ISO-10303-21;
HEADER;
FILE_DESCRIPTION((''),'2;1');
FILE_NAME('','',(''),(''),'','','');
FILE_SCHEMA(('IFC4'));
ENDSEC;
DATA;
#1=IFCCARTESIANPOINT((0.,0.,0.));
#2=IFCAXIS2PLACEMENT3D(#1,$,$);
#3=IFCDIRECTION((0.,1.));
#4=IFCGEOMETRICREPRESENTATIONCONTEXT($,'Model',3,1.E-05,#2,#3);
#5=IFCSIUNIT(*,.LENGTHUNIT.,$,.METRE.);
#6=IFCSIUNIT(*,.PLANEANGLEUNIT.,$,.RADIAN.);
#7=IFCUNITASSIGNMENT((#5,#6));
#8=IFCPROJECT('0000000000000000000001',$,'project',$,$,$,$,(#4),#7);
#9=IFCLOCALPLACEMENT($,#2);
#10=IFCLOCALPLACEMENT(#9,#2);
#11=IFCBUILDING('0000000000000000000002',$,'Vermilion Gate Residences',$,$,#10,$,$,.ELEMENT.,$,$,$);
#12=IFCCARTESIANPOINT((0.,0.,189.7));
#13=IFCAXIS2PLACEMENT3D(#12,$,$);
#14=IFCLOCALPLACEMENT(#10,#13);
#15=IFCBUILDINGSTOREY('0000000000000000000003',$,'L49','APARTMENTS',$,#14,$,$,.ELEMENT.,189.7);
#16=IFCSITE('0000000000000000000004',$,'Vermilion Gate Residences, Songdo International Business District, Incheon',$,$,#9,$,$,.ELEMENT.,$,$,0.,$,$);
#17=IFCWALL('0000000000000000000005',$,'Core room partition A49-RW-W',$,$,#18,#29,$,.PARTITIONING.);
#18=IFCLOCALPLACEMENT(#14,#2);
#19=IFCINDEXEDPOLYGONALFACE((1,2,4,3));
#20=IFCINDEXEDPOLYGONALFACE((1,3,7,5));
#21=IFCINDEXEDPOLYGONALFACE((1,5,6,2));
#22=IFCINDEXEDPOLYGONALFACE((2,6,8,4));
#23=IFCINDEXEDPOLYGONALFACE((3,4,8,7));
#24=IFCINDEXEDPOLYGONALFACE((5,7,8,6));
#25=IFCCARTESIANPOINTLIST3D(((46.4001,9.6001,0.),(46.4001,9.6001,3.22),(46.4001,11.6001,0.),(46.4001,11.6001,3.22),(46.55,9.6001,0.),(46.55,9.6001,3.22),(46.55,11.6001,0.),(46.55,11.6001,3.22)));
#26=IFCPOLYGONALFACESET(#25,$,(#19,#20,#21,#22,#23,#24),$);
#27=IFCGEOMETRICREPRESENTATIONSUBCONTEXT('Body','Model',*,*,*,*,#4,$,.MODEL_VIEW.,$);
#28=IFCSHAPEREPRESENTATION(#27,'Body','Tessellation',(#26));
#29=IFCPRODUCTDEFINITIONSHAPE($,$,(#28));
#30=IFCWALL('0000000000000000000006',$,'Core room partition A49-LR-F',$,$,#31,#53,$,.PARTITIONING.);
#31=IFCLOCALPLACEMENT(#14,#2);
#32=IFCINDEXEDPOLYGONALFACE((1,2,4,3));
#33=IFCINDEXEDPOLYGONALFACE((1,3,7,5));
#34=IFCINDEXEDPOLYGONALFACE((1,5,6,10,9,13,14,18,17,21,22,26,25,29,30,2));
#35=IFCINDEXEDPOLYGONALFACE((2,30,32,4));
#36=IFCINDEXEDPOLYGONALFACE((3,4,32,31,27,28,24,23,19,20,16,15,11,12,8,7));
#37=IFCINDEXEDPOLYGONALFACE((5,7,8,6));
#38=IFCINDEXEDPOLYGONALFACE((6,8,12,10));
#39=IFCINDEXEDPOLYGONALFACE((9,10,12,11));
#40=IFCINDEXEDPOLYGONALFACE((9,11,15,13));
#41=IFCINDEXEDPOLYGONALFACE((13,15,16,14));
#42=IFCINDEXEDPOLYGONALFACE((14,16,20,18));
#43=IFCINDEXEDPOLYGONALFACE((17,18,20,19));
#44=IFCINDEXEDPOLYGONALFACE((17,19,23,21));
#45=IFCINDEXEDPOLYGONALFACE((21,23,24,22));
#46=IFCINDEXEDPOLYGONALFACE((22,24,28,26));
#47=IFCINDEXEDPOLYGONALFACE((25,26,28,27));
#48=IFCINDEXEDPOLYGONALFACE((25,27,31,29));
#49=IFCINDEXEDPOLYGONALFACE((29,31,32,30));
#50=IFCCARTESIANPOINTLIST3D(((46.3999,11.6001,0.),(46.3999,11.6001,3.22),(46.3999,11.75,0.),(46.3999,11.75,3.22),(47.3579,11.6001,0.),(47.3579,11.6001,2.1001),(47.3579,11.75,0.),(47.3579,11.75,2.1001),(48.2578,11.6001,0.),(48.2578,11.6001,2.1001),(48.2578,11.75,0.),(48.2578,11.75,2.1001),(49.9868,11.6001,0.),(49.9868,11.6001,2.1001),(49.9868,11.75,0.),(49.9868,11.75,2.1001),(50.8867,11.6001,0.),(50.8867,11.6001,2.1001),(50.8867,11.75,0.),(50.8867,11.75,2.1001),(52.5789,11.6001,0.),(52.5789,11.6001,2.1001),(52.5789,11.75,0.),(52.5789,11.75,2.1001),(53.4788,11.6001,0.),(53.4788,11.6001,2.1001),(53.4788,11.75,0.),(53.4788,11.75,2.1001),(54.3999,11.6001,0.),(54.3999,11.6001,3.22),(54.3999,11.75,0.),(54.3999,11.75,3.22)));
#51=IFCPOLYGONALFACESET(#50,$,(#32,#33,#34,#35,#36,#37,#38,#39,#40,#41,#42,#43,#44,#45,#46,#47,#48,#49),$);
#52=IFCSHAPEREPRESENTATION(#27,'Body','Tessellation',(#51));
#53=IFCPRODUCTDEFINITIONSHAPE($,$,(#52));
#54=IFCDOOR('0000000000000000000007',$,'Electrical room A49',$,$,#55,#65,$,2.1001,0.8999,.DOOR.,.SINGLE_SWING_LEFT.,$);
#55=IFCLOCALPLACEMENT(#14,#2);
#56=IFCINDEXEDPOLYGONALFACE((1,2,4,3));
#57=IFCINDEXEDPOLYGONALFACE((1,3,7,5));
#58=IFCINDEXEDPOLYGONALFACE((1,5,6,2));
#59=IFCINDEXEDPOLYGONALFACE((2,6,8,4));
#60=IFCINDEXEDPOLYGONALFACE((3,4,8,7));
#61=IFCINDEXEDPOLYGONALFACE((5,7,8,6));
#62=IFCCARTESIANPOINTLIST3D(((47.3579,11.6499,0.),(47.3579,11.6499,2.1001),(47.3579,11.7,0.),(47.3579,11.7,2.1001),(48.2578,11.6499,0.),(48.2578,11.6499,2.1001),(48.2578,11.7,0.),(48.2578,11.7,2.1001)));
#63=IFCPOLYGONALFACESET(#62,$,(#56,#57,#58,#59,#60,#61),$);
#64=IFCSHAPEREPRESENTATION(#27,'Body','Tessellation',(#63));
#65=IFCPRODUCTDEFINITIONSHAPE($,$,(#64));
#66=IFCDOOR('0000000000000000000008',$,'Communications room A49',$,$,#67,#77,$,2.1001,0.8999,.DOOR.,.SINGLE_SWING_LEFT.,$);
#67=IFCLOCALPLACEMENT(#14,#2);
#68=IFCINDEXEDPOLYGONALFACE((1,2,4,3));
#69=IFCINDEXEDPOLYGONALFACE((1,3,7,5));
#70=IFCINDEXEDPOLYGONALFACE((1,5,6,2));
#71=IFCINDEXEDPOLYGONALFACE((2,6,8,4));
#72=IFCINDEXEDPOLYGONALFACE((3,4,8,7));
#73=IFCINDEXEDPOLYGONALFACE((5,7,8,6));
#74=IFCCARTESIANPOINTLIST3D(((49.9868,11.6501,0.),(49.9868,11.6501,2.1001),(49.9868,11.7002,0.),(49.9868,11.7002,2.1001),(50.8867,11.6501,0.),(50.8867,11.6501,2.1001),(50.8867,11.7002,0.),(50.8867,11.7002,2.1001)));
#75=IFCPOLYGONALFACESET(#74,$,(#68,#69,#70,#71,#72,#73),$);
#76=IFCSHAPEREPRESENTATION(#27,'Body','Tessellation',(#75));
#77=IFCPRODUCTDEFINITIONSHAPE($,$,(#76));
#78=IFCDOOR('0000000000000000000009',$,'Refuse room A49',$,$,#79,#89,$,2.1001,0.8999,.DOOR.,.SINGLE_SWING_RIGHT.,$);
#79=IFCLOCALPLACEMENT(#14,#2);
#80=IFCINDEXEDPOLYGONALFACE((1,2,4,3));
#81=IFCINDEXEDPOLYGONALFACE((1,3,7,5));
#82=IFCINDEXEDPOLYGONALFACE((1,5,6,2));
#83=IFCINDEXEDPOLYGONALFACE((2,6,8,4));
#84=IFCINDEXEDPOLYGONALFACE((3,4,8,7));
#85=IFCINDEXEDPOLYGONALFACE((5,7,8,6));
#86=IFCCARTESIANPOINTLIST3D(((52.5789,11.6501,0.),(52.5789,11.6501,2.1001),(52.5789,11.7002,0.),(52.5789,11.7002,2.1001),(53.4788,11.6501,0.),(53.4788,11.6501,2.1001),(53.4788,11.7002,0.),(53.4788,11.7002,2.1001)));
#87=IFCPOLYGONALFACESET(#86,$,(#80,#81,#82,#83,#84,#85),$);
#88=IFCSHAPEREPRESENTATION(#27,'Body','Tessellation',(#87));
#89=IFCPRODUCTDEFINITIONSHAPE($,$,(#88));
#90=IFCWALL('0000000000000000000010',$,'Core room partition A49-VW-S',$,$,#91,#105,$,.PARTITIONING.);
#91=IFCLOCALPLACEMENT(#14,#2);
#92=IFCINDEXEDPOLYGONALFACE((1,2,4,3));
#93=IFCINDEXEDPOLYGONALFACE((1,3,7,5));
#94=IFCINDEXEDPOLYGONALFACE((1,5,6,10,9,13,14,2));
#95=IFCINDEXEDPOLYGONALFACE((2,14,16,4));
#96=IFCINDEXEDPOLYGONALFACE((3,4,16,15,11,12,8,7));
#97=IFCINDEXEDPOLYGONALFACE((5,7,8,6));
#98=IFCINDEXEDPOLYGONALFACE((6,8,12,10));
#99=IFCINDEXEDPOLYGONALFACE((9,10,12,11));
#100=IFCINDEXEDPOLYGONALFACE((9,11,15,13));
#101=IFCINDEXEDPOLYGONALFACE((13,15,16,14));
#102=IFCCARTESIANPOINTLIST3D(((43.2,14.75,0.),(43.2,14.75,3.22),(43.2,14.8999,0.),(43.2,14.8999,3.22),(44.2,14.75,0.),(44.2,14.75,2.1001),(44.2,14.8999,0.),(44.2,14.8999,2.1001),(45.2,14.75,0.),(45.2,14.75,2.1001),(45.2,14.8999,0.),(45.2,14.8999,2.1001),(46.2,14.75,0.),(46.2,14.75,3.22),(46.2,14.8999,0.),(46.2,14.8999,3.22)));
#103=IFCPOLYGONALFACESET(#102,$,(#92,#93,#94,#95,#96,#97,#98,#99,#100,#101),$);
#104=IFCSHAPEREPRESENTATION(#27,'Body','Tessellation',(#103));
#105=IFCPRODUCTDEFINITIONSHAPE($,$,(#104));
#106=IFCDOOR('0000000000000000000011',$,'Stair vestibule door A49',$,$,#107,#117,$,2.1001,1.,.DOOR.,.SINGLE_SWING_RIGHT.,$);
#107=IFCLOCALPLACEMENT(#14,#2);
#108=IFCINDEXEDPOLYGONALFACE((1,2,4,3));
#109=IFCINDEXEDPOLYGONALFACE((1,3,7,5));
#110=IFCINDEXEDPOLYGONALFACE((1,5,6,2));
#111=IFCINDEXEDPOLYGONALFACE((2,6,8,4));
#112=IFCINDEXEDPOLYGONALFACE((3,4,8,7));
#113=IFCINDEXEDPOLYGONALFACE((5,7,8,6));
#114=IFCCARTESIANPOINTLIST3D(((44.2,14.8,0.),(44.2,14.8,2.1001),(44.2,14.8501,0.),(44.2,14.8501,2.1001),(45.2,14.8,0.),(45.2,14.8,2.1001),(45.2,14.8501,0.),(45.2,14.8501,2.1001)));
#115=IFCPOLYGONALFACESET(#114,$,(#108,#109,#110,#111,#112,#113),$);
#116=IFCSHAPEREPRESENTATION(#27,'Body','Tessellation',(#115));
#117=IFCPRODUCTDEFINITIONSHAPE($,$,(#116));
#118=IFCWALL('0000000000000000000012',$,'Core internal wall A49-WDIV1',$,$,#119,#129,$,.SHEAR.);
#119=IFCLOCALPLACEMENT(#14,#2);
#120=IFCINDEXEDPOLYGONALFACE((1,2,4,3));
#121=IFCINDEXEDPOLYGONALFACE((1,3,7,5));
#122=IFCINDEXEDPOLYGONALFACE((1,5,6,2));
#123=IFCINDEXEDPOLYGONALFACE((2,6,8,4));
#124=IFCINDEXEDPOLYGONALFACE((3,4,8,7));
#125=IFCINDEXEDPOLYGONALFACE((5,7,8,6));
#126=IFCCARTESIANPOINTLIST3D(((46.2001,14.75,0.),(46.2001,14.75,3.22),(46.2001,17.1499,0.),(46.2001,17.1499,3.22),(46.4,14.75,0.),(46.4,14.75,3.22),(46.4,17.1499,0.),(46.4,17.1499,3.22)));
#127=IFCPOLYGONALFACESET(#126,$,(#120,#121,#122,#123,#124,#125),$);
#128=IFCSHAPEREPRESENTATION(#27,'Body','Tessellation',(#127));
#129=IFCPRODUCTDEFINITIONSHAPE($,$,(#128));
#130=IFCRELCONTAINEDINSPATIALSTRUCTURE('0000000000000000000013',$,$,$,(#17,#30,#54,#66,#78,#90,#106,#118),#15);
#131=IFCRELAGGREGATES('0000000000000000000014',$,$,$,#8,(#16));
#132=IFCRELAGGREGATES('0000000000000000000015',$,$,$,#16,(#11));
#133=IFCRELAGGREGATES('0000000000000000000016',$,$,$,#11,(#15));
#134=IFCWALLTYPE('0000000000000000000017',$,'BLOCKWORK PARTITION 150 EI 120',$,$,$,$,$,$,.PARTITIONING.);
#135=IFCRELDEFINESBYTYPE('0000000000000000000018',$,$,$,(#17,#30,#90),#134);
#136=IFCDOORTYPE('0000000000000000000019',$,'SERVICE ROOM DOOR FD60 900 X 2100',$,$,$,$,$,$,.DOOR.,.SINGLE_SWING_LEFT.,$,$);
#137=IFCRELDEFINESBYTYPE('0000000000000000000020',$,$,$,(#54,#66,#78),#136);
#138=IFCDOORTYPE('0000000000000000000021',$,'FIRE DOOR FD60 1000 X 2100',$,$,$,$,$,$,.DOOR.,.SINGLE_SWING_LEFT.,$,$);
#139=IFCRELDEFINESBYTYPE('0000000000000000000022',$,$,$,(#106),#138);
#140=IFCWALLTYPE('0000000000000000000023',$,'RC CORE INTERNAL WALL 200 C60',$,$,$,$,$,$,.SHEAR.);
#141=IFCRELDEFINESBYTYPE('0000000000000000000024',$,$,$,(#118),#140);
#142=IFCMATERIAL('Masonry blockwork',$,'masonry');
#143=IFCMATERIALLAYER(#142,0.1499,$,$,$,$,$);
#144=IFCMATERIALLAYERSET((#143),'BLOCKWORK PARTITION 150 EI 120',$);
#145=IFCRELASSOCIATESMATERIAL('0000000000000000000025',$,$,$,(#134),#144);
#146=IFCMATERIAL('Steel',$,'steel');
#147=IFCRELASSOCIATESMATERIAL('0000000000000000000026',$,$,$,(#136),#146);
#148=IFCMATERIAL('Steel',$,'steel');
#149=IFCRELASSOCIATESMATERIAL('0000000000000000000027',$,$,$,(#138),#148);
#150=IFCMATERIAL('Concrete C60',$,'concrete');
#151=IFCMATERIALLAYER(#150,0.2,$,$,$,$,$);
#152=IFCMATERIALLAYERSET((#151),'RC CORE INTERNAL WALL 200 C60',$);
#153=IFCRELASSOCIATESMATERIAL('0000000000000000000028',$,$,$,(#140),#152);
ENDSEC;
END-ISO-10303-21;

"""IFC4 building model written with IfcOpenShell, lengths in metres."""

from ifc_helpers import new_model, si_unit, direction, frame, frame_2d, origin, place, context, subcontext, project, spatial, rectangle, extrude, material, layer, layer_set, type_object, element, fill, save


model = new_model("IFC4")

# Units and contexts
model_context = context("Model", 3, precision=1e-05, world=origin(), true_north=direction((0.0, 1.0)))
body_context = subcontext(model_context, "Body", "Model", "MODEL_VIEW")
ifc_project = project(units=[si_unit("LENGTHUNIT", "METRE"), si_unit("PLANEANGLEUNIT", "RADIAN")], contexts=[model_context])

# Site, building, storey
site_placement = place(None, origin())
site = spatial("IfcSite", under=ifc_project, at=site_placement, Name="Vermilion Gate Residences, Songdo International Business District, Incheon", CompositionType="ELEMENT", RefElevation=0.0)
building_placement = place(site_placement, origin())
building = spatial("IfcBuilding", under=site, at=building_placement, Name="Vermilion Gate Residences", CompositionType="ELEMENT")
storey_placement = place(building_placement, frame((0.0, 0.0, 189.7)))
storey = spatial("IfcBuildingStorey", under=building, at=storey_placement, Name="L49", Description="APARTMENTS", CompositionType="ELEMENT", Elevation=189.7)

# Wall
ifc_material_1 = material(Name="Masonry blockwork", Category="masonry")
ifc_layer_1 = layer(ifc_material_1, 0.1499)
ifc_layer_set_1 = layer_set([ifc_layer_1], Name="BLOCKWORK PARTITION 150 EI 120")
wall_type_1 = type_object("IfcWallType", Name="BLOCKWORK PARTITION 150 EI 120", PredefinedType="PARTITIONING", material=ifc_layer_set_1)
wall_1_placement = place(storey_placement, frame((46.4751, 9.6001, 0.0), z_axis=(0.0, 0.0, 1.0), x_axis=(0.0, 1.0, 0.0)))
element("IfcWall", 1, at=wall_1_placement, inside=storey, type_object=wall_type_1, Name="Core room partition A49-RW-W", PredefinedType="PARTITIONING", context=body_context, shape_type="SweptSolid", body=[
    extrude(rectangle(XDim=2.0, YDim=0.1499, at=frame_2d((1.0, 0.0))), origin(), (0.0, 0.0, 1.0), 3.22),
])

# Wall, openings, doors
wall_2_placement = place(storey_placement, frame((46.3999, 11.675, 0.0), z_axis=(0.0, 0.0, 1.0), x_axis=(1.0, 0.0, 0.0)))
wall_2 = element("IfcWall", 2, at=wall_2_placement, inside=storey, type_object=wall_type_1, Name="Core room partition A49-LR-F", PredefinedType="PARTITIONING", context=body_context, shape_type="SweptSolid", body=[
    extrude(rectangle(XDim=8.0, YDim=0.1499, at=frame_2d((4.0, 0.0))), origin(), (0.0, 0.0, 1.0), 3.22),
])
opening_1_placement = place(wall_2_placement, frame((0.958, 0.0, 0.0)))
opening_1 = element("IfcOpeningElement", 3, at=opening_1_placement, cuts=wall_2, PredefinedType="OPENING", context=body_context, shape_type="SweptSolid", body=[
    extrude(rectangle(XDim=0.8999, YDim=2.1001, at=frame_2d((0.45, 1.05))), frame((0.0, 0.085, 0.0), z_axis=(0.0, -1.0, 0.0), x_axis=(1.0, 0.0, 0.0)), (0.0, 0.0, 1.0), 0.1699),
])
opening_2_placement = place(wall_2_placement, frame((3.5869, 0.0, 0.0)))
opening_2 = element("IfcOpeningElement", 4, at=opening_2_placement, cuts=wall_2, PredefinedType="OPENING", context=body_context, shape_type="SweptSolid", body=[
    extrude(rectangle(XDim=0.8999, YDim=2.1001, at=frame_2d((0.45, 1.05))), frame((0.0, 0.085, 0.0), z_axis=(0.0, -1.0, 0.0), x_axis=(1.0, 0.0, 0.0)), (0.0, 0.0, 1.0), 0.1699),
])
opening_3_placement = place(wall_2_placement, frame((6.179, 0.0, 0.0)))
opening_3 = element("IfcOpeningElement", 5, at=opening_3_placement, cuts=wall_2, PredefinedType="OPENING", context=body_context, shape_type="SweptSolid", body=[
    extrude(rectangle(XDim=0.8999, YDim=2.1001, at=frame_2d((0.45, 1.05))), frame((0.0, 0.085, 0.0), z_axis=(0.0, -1.0, 0.0), x_axis=(1.0, 0.0, 0.0)), (0.0, 0.0, 1.0), 0.1699),
])
ifc_material_2 = material(Name="Steel", Category="steel")
door_type_1 = type_object("IfcDoorType", Name="SERVICE ROOM DOOR FD60 900 X 2100", OperationType="SINGLE_SWING_LEFT", PredefinedType="DOOR", material=ifc_material_2)
door_1_placement = place(opening_1_placement, origin())
door_1 = element("IfcDoor", 6, at=door_1_placement, inside=storey, type_object=door_type_1, Name="Electrical room A49", OperationType="SINGLE_SWING_LEFT", OverallHeight=2.1001, OverallWidth=0.8999, PredefinedType="DOOR", context=body_context, shape_type="SweptSolid", body=[
    extrude(rectangle(XDim=0.8999, YDim=2.1001, at=frame_2d((0.45, 1.05))), frame((0.0, 0.0249, 0.0), z_axis=(0.0, -1.0, 0.0), x_axis=(1.0, 0.0, 0.0)), (0.0, 0.0, 1.0), 0.05),
])
fill(opening_1, door_1)
door_2_placement = place(opening_2_placement, frame((0.8999, 0.0, 0.0), z_axis=(0.0, 0.0, 1.0), x_axis=(-1.0, 0.0, 0.0)))
door_2 = element("IfcDoor", 7, at=door_2_placement, inside=storey, type_object=door_type_1, Name="Communications room A49", OperationType="SINGLE_SWING_LEFT", OverallHeight=2.1001, OverallWidth=0.8999, PredefinedType="DOOR", context=body_context, shape_type="SweptSolid", body=[
    extrude(rectangle(XDim=0.8999, YDim=2.1001, at=frame_2d((0.45, 1.05))), frame((0.0, 0.0249, 0.0), z_axis=(0.0, -1.0, 0.0), x_axis=(1.0, 0.0, 0.0)), (0.0, 0.0, 1.0), 0.05),
])
fill(opening_2, door_2)
door_3_placement = place(opening_3_placement, frame((0.8999, 0.0, 0.0), z_axis=(0.0, 0.0, 1.0), x_axis=(-1.0, 0.0, 0.0)))
door_3 = element("IfcDoor", 8, at=door_3_placement, inside=storey, type_object=door_type_1, Name="Refuse room A49", OperationType="SINGLE_SWING_RIGHT", OverallHeight=2.1001, OverallWidth=0.8999, PredefinedType="DOOR", context=body_context, shape_type="SweptSolid", body=[
    extrude(rectangle(XDim=0.8999, YDim=2.1001, at=frame_2d((0.45, 1.05))), frame((0.0, 0.0249, 0.0), z_axis=(0.0, -1.0, 0.0), x_axis=(1.0, 0.0, 0.0)), (0.0, 0.0, 1.0), 0.05),
])
fill(opening_3, door_3)

# Wall, opening, door
wall_3_placement = place(storey_placement, frame((43.2, 14.825, 0.0), z_axis=(0.0, 0.0, 1.0), x_axis=(1.0, 0.0, 0.0)))
wall_3 = element("IfcWall", 9, at=wall_3_placement, inside=storey, type_object=wall_type_1, Name="Core room partition A49-VW-S", PredefinedType="PARTITIONING", context=body_context, shape_type="SweptSolid", body=[
    extrude(rectangle(XDim=3.0, YDim=0.1499, at=frame_2d((1.5, 0.0))), origin(), (0.0, 0.0, 1.0), 3.22),
])
opening_4_placement = place(wall_3_placement, frame((1.0, 0.0, 0.0)))
opening_4 = element("IfcOpeningElement", 10, at=opening_4_placement, cuts=wall_3, PredefinedType="OPENING", context=body_context, shape_type="SweptSolid", body=[
    extrude(rectangle(XDim=1.0, YDim=2.1001, at=frame_2d((0.5, 1.05))), frame((0.0, 0.085, 0.0), z_axis=(0.0, -1.0, 0.0), x_axis=(1.0, 0.0, 0.0)), (0.0, 0.0, 1.0), 0.1699),
])
ifc_material_3 = material(Name="Steel", Category="steel")
door_type_2 = type_object("IfcDoorType", Name="FIRE DOOR FD60 1000 X 2100", OperationType="SINGLE_SWING_LEFT", PredefinedType="DOOR", material=ifc_material_3)
door_4_placement = place(opening_4_placement, frame((1.0, 0.0, 0.0), z_axis=(0.0, 0.0, 1.0), x_axis=(-1.0, 0.0, 0.0)))
door_4 = element("IfcDoor", 11, at=door_4_placement, inside=storey, type_object=door_type_2, Name="Stair vestibule door A49", OperationType="SINGLE_SWING_RIGHT", OverallHeight=2.1001, OverallWidth=1.0, PredefinedType="DOOR", context=body_context, shape_type="SweptSolid", body=[
    extrude(rectangle(XDim=1.0, YDim=2.1001, at=frame_2d((0.5, 1.05))), frame((0.0, 0.0249, 0.0), z_axis=(0.0, -1.0, 0.0), x_axis=(1.0, 0.0, 0.0)), (0.0, 0.0, 1.0), 0.05),
])
fill(opening_4, door_4)

# Wall
ifc_material_4 = material(Name="Concrete C60", Category="concrete")
ifc_layer_2 = layer(ifc_material_4, 0.2)
ifc_layer_set_2 = layer_set([ifc_layer_2], Name="RC CORE INTERNAL WALL 200 C60")
wall_type_2 = type_object("IfcWallType", Name="RC CORE INTERNAL WALL 200 C60", PredefinedType="SHEAR", material=ifc_layer_set_2)
wall_4_placement = place(storey_placement, frame((46.3, 14.75, 0.0), z_axis=(0.0, 0.0, 1.0), x_axis=(0.0, 1.0, 0.0)))
element("IfcWall", 12, at=wall_4_placement, inside=storey, type_object=wall_type_2, Name="Core internal wall A49-WDIV1", PredefinedType="SHEAR", context=body_context, shape_type="SweptSolid", body=[
    extrude(rectangle(XDim=2.3999, YDim=0.2, at=frame_2d((1.2, 0.0))), origin(), (0.0, 0.0, 1.0), 3.22),
])

save(model, "model.ifc")
